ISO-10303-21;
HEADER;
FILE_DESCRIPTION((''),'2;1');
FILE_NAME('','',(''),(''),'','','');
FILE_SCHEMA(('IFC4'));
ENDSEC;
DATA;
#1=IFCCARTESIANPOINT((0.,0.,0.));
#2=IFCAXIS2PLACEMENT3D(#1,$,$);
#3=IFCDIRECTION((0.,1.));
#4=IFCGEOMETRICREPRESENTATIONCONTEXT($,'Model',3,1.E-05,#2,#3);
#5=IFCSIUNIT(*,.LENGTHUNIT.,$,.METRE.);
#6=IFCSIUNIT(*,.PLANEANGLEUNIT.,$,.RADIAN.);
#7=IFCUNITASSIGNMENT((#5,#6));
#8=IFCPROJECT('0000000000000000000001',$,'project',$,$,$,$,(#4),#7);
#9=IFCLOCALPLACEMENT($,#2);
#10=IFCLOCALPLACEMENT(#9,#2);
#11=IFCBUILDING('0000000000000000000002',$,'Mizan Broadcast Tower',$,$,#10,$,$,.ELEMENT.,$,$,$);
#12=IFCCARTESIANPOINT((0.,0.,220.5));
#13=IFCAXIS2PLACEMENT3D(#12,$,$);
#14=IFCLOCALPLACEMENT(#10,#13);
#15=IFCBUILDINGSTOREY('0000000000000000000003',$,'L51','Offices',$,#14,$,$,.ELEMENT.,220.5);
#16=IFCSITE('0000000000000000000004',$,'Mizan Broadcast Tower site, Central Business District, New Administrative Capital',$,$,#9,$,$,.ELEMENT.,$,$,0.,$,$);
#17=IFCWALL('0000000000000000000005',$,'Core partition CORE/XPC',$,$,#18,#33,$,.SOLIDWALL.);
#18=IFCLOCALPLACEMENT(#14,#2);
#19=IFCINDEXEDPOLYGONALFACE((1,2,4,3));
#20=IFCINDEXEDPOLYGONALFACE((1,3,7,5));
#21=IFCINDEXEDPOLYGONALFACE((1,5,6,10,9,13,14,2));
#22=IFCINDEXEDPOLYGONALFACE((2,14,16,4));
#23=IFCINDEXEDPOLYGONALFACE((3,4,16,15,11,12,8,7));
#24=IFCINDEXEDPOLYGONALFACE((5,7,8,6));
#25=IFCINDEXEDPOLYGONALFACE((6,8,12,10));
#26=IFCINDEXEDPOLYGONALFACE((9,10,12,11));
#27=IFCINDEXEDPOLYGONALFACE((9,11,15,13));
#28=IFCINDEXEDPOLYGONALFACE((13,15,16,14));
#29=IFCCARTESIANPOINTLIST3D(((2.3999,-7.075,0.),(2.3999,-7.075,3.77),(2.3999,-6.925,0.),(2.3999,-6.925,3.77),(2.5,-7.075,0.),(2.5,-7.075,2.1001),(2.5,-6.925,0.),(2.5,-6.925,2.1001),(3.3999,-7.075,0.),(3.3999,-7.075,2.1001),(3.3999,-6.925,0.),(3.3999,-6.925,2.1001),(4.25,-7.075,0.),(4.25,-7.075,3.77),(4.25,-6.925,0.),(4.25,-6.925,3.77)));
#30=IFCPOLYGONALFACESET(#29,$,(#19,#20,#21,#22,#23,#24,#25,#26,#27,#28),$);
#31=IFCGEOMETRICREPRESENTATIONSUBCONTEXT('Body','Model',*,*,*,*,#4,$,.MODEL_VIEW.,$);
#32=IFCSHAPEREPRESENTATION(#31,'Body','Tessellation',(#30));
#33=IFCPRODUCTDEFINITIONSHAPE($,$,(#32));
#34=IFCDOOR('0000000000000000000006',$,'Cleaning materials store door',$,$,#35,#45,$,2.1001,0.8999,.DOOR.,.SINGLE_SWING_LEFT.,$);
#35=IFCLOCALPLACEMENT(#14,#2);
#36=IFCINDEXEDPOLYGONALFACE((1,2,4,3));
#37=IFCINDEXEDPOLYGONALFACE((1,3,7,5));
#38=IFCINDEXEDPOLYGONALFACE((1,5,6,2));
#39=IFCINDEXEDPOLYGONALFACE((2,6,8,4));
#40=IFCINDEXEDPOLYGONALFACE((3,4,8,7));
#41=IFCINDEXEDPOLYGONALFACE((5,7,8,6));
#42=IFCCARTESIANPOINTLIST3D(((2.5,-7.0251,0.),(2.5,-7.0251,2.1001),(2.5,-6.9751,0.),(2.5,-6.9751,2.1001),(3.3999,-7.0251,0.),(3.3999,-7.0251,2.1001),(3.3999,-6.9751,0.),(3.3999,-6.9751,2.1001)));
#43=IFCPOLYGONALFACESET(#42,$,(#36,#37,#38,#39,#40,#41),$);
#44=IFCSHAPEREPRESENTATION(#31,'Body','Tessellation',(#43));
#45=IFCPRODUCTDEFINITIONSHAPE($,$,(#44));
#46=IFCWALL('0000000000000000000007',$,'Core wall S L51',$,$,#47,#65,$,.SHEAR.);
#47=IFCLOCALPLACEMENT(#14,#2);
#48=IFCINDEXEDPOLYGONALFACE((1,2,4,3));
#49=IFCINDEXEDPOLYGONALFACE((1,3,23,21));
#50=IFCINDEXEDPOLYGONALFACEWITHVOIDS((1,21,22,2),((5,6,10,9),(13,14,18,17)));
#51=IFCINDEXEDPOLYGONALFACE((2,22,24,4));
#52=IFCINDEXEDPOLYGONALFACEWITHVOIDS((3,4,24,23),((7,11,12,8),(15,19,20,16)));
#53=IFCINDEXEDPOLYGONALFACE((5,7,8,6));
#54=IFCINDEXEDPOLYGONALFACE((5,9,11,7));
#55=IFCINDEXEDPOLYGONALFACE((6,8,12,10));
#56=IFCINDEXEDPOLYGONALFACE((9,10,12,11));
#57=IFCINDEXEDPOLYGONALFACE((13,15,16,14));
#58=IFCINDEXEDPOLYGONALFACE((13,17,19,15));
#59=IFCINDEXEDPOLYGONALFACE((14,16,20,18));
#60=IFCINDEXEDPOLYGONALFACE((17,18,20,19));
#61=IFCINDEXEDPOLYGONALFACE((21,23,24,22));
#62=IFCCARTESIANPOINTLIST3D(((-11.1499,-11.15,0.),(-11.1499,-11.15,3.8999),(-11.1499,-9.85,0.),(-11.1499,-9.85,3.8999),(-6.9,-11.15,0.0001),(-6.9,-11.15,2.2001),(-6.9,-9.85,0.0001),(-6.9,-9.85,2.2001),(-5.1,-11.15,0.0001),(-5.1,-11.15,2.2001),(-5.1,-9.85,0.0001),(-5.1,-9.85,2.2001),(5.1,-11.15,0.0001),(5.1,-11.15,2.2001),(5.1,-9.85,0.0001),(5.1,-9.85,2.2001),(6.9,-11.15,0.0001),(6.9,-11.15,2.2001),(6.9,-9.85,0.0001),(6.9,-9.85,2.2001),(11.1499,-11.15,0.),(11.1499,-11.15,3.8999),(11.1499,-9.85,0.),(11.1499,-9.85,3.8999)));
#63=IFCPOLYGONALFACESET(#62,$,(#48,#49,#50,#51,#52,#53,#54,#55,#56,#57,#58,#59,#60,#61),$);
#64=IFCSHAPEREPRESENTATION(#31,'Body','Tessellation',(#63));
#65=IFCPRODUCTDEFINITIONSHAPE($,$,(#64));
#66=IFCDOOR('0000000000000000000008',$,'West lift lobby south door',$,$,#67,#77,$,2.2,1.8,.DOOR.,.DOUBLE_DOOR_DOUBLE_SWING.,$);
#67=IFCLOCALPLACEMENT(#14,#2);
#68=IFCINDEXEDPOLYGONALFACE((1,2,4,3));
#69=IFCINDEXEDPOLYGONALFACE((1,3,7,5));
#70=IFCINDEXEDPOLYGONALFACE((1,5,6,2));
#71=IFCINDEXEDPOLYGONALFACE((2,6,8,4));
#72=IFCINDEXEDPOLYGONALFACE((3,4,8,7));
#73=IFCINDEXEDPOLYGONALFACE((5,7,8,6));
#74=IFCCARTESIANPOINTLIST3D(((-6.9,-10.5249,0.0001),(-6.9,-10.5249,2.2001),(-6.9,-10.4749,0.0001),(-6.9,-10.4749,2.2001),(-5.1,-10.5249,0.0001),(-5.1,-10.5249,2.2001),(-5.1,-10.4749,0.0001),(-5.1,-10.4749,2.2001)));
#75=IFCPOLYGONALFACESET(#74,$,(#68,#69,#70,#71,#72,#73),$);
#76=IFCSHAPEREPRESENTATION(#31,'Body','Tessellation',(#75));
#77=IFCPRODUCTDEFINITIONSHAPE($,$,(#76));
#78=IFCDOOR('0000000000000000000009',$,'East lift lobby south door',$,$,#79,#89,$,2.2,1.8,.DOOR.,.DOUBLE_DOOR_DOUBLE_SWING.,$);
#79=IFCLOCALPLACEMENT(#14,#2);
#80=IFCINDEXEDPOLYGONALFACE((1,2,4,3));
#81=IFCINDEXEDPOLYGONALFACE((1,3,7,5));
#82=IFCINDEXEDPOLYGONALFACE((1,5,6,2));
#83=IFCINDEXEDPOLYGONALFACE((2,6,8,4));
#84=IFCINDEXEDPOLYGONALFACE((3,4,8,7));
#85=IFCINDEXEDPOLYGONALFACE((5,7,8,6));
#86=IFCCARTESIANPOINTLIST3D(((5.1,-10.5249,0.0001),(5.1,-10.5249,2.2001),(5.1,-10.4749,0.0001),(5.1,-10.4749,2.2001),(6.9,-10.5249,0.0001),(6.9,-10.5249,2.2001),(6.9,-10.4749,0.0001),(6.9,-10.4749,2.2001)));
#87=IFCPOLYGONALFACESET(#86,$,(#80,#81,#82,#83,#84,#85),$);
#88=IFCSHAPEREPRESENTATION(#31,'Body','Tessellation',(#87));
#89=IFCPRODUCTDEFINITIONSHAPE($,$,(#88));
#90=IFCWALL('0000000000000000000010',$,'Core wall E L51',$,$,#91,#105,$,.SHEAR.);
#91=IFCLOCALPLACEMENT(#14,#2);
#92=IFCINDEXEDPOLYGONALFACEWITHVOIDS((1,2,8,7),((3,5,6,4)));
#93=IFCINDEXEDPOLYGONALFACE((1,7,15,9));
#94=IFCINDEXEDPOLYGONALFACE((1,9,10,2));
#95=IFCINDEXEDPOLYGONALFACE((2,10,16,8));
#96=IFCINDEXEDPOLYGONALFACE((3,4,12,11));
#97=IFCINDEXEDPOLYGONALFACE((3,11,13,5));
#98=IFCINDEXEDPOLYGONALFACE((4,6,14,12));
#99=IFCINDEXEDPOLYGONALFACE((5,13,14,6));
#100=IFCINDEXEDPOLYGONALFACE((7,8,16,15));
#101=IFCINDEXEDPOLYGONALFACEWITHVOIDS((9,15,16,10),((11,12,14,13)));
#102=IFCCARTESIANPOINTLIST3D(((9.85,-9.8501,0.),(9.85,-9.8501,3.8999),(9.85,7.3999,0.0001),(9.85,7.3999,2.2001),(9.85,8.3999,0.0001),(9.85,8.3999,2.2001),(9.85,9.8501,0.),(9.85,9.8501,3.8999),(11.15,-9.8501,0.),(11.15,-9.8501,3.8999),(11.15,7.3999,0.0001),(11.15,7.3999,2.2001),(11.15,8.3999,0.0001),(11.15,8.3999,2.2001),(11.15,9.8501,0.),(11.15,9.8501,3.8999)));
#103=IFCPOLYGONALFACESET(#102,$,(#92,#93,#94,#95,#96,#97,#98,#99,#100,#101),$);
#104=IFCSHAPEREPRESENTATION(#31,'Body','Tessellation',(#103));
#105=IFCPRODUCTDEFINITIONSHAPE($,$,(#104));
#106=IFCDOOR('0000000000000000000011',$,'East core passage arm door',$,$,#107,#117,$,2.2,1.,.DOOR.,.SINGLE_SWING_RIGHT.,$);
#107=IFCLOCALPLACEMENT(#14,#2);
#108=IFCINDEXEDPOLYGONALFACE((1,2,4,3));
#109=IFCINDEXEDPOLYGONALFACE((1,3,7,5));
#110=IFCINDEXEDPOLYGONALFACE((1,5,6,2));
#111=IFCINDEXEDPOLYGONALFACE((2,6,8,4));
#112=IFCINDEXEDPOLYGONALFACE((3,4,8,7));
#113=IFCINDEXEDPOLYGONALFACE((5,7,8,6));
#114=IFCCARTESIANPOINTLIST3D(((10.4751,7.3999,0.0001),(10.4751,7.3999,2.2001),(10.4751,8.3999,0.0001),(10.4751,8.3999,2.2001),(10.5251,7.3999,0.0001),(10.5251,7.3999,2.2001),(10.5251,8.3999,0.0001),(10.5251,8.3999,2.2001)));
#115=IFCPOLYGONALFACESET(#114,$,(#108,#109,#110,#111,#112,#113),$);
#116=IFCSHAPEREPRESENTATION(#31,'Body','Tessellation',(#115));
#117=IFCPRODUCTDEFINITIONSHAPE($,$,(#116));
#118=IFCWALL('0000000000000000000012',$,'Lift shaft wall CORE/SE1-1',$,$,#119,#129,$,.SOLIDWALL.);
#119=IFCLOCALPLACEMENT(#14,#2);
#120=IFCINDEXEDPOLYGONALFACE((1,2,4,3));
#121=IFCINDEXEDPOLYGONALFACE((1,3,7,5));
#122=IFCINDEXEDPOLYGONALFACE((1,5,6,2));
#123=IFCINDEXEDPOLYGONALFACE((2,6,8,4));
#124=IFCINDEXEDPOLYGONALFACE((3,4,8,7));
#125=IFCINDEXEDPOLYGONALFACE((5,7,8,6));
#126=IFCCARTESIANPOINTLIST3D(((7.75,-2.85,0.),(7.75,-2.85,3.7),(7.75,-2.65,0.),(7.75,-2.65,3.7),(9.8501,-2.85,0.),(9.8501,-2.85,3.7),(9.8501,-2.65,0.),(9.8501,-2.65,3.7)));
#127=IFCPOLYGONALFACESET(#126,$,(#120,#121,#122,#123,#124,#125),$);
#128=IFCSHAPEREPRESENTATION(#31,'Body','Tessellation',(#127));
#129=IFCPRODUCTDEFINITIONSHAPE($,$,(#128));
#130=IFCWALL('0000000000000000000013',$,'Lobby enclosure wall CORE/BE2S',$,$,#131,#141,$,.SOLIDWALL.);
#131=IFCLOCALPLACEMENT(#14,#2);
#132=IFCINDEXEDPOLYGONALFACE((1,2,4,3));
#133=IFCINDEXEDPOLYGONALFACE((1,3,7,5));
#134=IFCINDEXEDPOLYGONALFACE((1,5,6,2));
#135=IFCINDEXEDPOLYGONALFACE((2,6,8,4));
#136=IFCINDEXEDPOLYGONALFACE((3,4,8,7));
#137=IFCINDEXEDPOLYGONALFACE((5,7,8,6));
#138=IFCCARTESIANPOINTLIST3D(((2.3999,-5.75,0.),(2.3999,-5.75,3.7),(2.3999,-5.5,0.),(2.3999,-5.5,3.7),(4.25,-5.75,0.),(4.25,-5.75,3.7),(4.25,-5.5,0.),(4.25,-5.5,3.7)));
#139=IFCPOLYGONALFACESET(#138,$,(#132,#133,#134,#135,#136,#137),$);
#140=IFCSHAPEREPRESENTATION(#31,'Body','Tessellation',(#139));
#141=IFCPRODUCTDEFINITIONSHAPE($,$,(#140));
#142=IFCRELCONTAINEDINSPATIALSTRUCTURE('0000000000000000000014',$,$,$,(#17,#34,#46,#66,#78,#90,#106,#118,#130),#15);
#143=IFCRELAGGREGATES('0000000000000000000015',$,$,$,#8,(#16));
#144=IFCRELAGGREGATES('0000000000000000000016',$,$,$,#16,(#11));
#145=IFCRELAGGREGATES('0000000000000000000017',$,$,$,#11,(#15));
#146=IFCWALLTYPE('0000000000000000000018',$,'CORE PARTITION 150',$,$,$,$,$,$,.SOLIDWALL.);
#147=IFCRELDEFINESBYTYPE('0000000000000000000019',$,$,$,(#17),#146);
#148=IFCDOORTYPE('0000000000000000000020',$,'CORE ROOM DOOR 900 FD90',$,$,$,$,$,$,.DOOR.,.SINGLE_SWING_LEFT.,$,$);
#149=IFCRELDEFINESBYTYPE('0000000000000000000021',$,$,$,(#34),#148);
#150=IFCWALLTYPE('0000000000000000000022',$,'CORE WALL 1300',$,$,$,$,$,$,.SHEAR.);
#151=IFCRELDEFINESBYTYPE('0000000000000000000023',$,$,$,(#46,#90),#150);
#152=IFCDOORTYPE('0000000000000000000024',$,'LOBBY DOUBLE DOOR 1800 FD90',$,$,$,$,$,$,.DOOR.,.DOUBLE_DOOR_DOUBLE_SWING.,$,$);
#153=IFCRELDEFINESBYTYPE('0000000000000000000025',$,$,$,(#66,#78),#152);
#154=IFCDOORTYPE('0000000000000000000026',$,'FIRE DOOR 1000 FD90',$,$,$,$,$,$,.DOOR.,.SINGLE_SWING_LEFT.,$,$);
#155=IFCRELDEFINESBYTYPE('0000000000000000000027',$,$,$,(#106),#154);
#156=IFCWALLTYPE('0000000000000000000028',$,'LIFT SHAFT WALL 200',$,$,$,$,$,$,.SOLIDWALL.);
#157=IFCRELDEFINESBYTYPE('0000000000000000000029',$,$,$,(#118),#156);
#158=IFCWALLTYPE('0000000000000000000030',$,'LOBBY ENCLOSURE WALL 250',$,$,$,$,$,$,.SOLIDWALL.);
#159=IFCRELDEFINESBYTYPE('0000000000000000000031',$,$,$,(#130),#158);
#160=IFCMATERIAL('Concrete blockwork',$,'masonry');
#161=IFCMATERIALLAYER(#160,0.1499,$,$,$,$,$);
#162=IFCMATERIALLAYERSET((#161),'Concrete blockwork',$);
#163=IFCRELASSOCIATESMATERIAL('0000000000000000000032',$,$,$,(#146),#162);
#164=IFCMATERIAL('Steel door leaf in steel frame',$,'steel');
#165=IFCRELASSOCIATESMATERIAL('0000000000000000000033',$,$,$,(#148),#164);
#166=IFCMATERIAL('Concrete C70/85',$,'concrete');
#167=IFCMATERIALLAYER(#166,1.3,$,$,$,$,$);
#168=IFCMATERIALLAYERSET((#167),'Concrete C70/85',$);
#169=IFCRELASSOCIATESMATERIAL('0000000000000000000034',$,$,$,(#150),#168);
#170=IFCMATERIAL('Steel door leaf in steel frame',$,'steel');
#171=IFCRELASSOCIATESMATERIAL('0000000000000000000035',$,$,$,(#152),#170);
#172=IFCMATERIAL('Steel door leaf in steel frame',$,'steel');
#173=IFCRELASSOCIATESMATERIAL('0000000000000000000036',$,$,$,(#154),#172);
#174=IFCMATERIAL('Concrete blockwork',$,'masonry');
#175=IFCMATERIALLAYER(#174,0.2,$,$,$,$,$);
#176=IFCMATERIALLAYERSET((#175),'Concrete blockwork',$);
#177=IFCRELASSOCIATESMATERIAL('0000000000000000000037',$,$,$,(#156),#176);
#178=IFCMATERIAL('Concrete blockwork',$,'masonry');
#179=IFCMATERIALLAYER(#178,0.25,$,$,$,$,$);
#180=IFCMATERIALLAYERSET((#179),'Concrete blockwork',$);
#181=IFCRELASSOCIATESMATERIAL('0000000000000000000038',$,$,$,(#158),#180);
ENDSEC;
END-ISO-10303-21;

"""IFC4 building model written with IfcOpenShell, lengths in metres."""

from ifc_helpers import new_model, si_unit, direction, frame, frame_2d, origin, place, context, subcontext, project, spatial, rectangle, extrude, material, layer, layer_set, type_object, element, fill, save


model = new_model("IFC4")

# Units and contexts
model_context = context("Model", 3, precision=1e-05, world=origin(), true_north=direction((0.0, 1.0)))
body_context = subcontext(model_context, "Body", "Model", "MODEL_VIEW")
ifc_project = project(units=[si_unit("LENGTHUNIT", "METRE"), si_unit("PLANEANGLEUNIT", "RADIAN")], contexts=[model_context])

# Site, building, storey
site_placement = place(None, origin())
site = spatial("IfcSite", under=ifc_project, at=site_placement, Name="Mizan Broadcast Tower site, Central Business District, New Administrative Capital", CompositionType="ELEMENT", RefElevation=0.0)
building_placement = place(site_placement, origin())
building = spatial("IfcBuilding", under=site, at=building_placement, Name="Mizan Broadcast Tower", CompositionType="ELEMENT")
storey_placement = place(building_placement, frame((0.0, 0.0, 220.5)))
storey = spatial("IfcBuildingStorey", under=building, at=storey_placement, Name="L51", Description="Offices", CompositionType="ELEMENT", Elevation=220.5)

# Wall, opening, door
ifc_material_1 = material(Name="Concrete blockwork", Category="masonry")
ifc_layer_1 = layer(ifc_material_1, 0.1499)
ifc_layer_set_1 = layer_set([ifc_layer_1], Name="Concrete blockwork")
wall_type_1 = type_object("IfcWallType", Name="CORE PARTITION 150", PredefinedType="SOLIDWALL", material=ifc_layer_set_1)
wall_1_placement = place(storey_placement, frame((2.3999, -7.0, 0.0), z_axis=(0.0, 0.0, 1.0), x_axis=(1.0, 0.0, 0.0)))
wall_1 = element("IfcWall", 1, at=wall_1_placement, inside=storey, type_object=wall_type_1, Name="Core partition CORE/XPC", PredefinedType="SOLIDWALL", context=body_context, shape_type="SweptSolid", body=[
    extrude(rectangle(XDim=1.8501, YDim=0.1499, at=frame_2d((0.925, 0.0))), origin(), (0.0, 0.0, 1.0), 3.77),
])
opening_1_placement = place(wall_1_placement, frame((0.1001, 0.0, 0.0)))
opening_1 = element("IfcOpeningElement", 2, at=opening_1_placement, cuts=wall_1, PredefinedType="OPENING", context=body_context, shape_type="SweptSolid", body=[
    extrude(rectangle(XDim=0.8999, YDim=2.1001, at=frame_2d((0.45, 1.05))), frame((0.0, 0.085, 0.0), z_axis=(0.0, -1.0, 0.0), x_axis=(1.0, 0.0, 0.0)), (0.0, 0.0, 1.0), 0.1699),
])
ifc_material_2 = material(Name="Steel door leaf in steel frame", Category="steel")
door_type_1 = type_object("IfcDoorType", Name="CORE ROOM DOOR 900 FD90", OperationType="SINGLE_SWING_LEFT", PredefinedType="DOOR", material=ifc_material_2)
door_1_placement = place(opening_1_placement, origin())
door_1 = element("IfcDoor", 3, at=door_1_placement, inside=storey, type_object=door_type_1, Name="Cleaning materials store door", OperationType="SINGLE_SWING_LEFT", OverallHeight=2.1001, OverallWidth=0.8999, PredefinedType="DOOR", context=body_context, shape_type="SweptSolid", body=[
    extrude(rectangle(XDim=0.8999, YDim=2.1001, at=frame_2d((0.45, 1.05))), frame((0.0, 0.0249, 0.0), z_axis=(0.0, -1.0, 0.0), x_axis=(1.0, 0.0, 0.0)), (0.0, 0.0, 1.0), 0.05),
])
fill(opening_1, door_1)

# Wall, openings, doors
ifc_material_3 = material(Name="Concrete C70/85", Category="concrete")
ifc_layer_2 = layer(ifc_material_3, 1.3)
ifc_layer_set_2 = layer_set([ifc_layer_2], Name="Concrete C70/85")
wall_type_2 = type_object("IfcWallType", Name="CORE WALL 1300", PredefinedType="SHEAR", material=ifc_layer_set_2)
wall_2_placement = place(storey_placement, frame((11.1499, -10.5, 0.0), z_axis=(0.0, 0.0, 1.0), x_axis=(-1.0, 0.0, 0.0)))
wall_2 = element("IfcWall", 4, at=wall_2_placement, inside=storey, type_object=wall_type_2, Name="Core wall S L51", PredefinedType="SHEAR", context=body_context, shape_type="SweptSolid", body=[
    extrude(rectangle(XDim=22.2998, YDim=1.3, at=frame_2d((11.1499, 0.0))), origin(), (0.0, 0.0, 1.0), 3.8999),
])
opening_2_placement = place(wall_2_placement, frame((16.25, 0.0, 0.0)))
opening_2 = element("IfcOpeningElement", 5, at=opening_2_placement, cuts=wall_2, PredefinedType="OPENING", context=body_context, shape_type="SweptSolid", body=[
    extrude(rectangle(XDim=1.8, YDim=2.2, at=frame_2d((0.8999, 1.1001))), frame((0.0, 0.6599, 0.0), z_axis=(0.0, -1.0, 0.0), x_axis=(1.0, 0.0, 0.0)), (0.0, 0.0, 1.0), 1.3201),
])
opening_3_placement = place(wall_2_placement, frame((4.25, 0.0, 0.0)))
opening_3 = element("IfcOpeningElement", 6, at=opening_3_placement, cuts=wall_2, PredefinedType="OPENING", context=body_context, shape_type="SweptSolid", body=[
    extrude(rectangle(XDim=1.8, YDim=2.2, at=frame_2d((0.8999, 1.1001))), frame((0.0, 0.6599, 0.0), z_axis=(0.0, -1.0, 0.0), x_axis=(1.0, 0.0, 0.0)), (0.0, 0.0, 1.0), 1.3201),
])
ifc_material_4 = material(Name="Steel door leaf in steel frame", Category="steel")
door_type_2 = type_object("IfcDoorType", Name="LOBBY DOUBLE DOOR 1800 FD90", OperationType="DOUBLE_DOOR_DOUBLE_SWING", PredefinedType="DOOR", material=ifc_material_4)
door_2_placement = place(opening_2_placement, origin())
door_2 = element("IfcDoor", 7, at=door_2_placement, inside=storey, type_object=door_type_2, Name="West lift lobby south door", OperationType="DOUBLE_DOOR_DOUBLE_SWING", OverallHeight=2.2, OverallWidth=1.8, PredefinedType="DOOR", context=body_context, shape_type="SweptSolid", body=[
    extrude(rectangle(XDim=1.8, YDim=2.2, at=frame_2d((0.8999, 1.1001))), frame((0.0, 0.0249, 0.0), z_axis=(0.0, -1.0, 0.0), x_axis=(1.0, 0.0, 0.0)), (0.0, 0.0, 1.0), 0.05),
])
fill(opening_2, door_2)
door_3_placement = place(opening_3_placement, origin())
door_3 = element("IfcDoor", 8, at=door_3_placement, inside=storey, type_object=door_type_2, Name="East lift lobby south door", OperationType="DOUBLE_DOOR_DOUBLE_SWING", OverallHeight=2.2, OverallWidth=1.8, PredefinedType="DOOR", context=body_context, shape_type="SweptSolid", body=[
    extrude(rectangle(XDim=1.8, YDim=2.2, at=frame_2d((0.8999, 1.1001))), frame((0.0, 0.0249, 0.0), z_axis=(0.0, -1.0, 0.0), x_axis=(1.0, 0.0, 0.0)), (0.0, 0.0, 1.0), 0.05),
])
fill(opening_3, door_3)

# Wall, opening, door
wall_3_placement = place(storey_placement, frame((10.5, -9.8501, 0.0), z_axis=(0.0, 0.0, 1.0), x_axis=(0.0, 1.0, 0.0)))
wall_3 = element("IfcWall", 9, at=wall_3_placement, inside=storey, type_object=wall_type_2, Name="Core wall E L51", PredefinedType="SHEAR", context=body_context, shape_type="SweptSolid", body=[
    extrude(rectangle(XDim=19.7002, YDim=1.3, at=frame_2d((9.8501, 0.0))), origin(), (0.0, 0.0, 1.0), 3.8999),
])
opening_4_placement = place(wall_3_placement, frame((17.25, 0.0, 0.0)))
opening_4 = element("IfcOpeningElement", 10, at=opening_4_placement, cuts=wall_3, PredefinedType="OPENING", context=body_context, shape_type="SweptSolid", body=[
    extrude(rectangle(XDim=1.0, YDim=2.2, at=frame_2d((0.5, 1.1001))), frame((0.0, 0.6599, 0.0), z_axis=(0.0, -1.0, 0.0), x_axis=(1.0, 0.0, 0.0)), (0.0, 0.0, 1.0), 1.3201),
])
ifc_material_5 = material(Name="Steel door leaf in steel frame", Category="steel")
door_type_3 = type_object("IfcDoorType", Name="FIRE DOOR 1000 FD90", OperationType="SINGLE_SWING_LEFT", PredefinedType="DOOR", material=ifc_material_5)
door_4_placement = place(opening_4_placement, origin())
door_4 = element("IfcDoor", 11, at=door_4_placement, inside=storey, type_object=door_type_3, Name="East core passage arm door", OperationType="SINGLE_SWING_RIGHT", OverallHeight=2.2, OverallWidth=1.0, PredefinedType="DOOR", context=body_context, shape_type="SweptSolid", body=[
    extrude(rectangle(XDim=1.0, YDim=2.2, at=frame_2d((0.5, 1.1001))), frame((0.0, 0.0249, 0.0), z_axis=(0.0, -1.0, 0.0), x_axis=(1.0, 0.0, 0.0)), (0.0, 0.0, 1.0), 0.05),
])
fill(opening_4, door_4)

# Walls
ifc_material_6 = material(Name="Concrete blockwork", Category="masonry")
ifc_layer_3 = layer(ifc_material_6, 0.2)
ifc_layer_set_3 = layer_set([ifc_layer_3], Name="Concrete blockwork")
wall_type_3 = type_object("IfcWallType", Name="LIFT SHAFT WALL 200", PredefinedType="SOLIDWALL", material=ifc_layer_set_3)
wall_4_placement = place(storey_placement, frame((7.75, -2.75, 0.0), z_axis=(0.0, 0.0, 1.0), x_axis=(1.0, 0.0, 0.0)))
element("IfcWall", 12, at=wall_4_placement, inside=storey, type_object=wall_type_3, Name="Lift shaft wall CORE/SE1-1", PredefinedType="SOLIDWALL", context=body_context, shape_type="SweptSolid", body=[
    extrude(rectangle(XDim=2.1001, YDim=0.2, at=frame_2d((1.05, 0.0))), origin(), (0.0, 0.0, 1.0), 3.7),
])
ifc_material_7 = material(Name="Concrete blockwork", Category="masonry")
ifc_layer_4 = layer(ifc_material_7, 0.25)
ifc_layer_set_4 = layer_set([ifc_layer_4], Name="Concrete blockwork")
wall_type_4 = type_object("IfcWallType", Name="LOBBY ENCLOSURE WALL 250", PredefinedType="SOLIDWALL", material=ifc_layer_set_4)
wall_5_placement = place(storey_placement, frame((2.3999, -5.625, 0.0), z_axis=(0.0, 0.0, 1.0), x_axis=(1.0, 0.0, 0.0)))
element("IfcWall", 13, at=wall_5_placement, inside=storey, type_object=wall_type_4, Name="Lobby enclosure wall CORE/BE2S", PredefinedType="SOLIDWALL", context=body_context, shape_type="SweptSolid", body=[
    extrude(rectangle(XDim=1.8501, YDim=0.25, at=frame_2d((0.925, 0.0))), origin(), (0.0, 0.0, 1.0), 3.7),
])

save(model, "model.ifc")
